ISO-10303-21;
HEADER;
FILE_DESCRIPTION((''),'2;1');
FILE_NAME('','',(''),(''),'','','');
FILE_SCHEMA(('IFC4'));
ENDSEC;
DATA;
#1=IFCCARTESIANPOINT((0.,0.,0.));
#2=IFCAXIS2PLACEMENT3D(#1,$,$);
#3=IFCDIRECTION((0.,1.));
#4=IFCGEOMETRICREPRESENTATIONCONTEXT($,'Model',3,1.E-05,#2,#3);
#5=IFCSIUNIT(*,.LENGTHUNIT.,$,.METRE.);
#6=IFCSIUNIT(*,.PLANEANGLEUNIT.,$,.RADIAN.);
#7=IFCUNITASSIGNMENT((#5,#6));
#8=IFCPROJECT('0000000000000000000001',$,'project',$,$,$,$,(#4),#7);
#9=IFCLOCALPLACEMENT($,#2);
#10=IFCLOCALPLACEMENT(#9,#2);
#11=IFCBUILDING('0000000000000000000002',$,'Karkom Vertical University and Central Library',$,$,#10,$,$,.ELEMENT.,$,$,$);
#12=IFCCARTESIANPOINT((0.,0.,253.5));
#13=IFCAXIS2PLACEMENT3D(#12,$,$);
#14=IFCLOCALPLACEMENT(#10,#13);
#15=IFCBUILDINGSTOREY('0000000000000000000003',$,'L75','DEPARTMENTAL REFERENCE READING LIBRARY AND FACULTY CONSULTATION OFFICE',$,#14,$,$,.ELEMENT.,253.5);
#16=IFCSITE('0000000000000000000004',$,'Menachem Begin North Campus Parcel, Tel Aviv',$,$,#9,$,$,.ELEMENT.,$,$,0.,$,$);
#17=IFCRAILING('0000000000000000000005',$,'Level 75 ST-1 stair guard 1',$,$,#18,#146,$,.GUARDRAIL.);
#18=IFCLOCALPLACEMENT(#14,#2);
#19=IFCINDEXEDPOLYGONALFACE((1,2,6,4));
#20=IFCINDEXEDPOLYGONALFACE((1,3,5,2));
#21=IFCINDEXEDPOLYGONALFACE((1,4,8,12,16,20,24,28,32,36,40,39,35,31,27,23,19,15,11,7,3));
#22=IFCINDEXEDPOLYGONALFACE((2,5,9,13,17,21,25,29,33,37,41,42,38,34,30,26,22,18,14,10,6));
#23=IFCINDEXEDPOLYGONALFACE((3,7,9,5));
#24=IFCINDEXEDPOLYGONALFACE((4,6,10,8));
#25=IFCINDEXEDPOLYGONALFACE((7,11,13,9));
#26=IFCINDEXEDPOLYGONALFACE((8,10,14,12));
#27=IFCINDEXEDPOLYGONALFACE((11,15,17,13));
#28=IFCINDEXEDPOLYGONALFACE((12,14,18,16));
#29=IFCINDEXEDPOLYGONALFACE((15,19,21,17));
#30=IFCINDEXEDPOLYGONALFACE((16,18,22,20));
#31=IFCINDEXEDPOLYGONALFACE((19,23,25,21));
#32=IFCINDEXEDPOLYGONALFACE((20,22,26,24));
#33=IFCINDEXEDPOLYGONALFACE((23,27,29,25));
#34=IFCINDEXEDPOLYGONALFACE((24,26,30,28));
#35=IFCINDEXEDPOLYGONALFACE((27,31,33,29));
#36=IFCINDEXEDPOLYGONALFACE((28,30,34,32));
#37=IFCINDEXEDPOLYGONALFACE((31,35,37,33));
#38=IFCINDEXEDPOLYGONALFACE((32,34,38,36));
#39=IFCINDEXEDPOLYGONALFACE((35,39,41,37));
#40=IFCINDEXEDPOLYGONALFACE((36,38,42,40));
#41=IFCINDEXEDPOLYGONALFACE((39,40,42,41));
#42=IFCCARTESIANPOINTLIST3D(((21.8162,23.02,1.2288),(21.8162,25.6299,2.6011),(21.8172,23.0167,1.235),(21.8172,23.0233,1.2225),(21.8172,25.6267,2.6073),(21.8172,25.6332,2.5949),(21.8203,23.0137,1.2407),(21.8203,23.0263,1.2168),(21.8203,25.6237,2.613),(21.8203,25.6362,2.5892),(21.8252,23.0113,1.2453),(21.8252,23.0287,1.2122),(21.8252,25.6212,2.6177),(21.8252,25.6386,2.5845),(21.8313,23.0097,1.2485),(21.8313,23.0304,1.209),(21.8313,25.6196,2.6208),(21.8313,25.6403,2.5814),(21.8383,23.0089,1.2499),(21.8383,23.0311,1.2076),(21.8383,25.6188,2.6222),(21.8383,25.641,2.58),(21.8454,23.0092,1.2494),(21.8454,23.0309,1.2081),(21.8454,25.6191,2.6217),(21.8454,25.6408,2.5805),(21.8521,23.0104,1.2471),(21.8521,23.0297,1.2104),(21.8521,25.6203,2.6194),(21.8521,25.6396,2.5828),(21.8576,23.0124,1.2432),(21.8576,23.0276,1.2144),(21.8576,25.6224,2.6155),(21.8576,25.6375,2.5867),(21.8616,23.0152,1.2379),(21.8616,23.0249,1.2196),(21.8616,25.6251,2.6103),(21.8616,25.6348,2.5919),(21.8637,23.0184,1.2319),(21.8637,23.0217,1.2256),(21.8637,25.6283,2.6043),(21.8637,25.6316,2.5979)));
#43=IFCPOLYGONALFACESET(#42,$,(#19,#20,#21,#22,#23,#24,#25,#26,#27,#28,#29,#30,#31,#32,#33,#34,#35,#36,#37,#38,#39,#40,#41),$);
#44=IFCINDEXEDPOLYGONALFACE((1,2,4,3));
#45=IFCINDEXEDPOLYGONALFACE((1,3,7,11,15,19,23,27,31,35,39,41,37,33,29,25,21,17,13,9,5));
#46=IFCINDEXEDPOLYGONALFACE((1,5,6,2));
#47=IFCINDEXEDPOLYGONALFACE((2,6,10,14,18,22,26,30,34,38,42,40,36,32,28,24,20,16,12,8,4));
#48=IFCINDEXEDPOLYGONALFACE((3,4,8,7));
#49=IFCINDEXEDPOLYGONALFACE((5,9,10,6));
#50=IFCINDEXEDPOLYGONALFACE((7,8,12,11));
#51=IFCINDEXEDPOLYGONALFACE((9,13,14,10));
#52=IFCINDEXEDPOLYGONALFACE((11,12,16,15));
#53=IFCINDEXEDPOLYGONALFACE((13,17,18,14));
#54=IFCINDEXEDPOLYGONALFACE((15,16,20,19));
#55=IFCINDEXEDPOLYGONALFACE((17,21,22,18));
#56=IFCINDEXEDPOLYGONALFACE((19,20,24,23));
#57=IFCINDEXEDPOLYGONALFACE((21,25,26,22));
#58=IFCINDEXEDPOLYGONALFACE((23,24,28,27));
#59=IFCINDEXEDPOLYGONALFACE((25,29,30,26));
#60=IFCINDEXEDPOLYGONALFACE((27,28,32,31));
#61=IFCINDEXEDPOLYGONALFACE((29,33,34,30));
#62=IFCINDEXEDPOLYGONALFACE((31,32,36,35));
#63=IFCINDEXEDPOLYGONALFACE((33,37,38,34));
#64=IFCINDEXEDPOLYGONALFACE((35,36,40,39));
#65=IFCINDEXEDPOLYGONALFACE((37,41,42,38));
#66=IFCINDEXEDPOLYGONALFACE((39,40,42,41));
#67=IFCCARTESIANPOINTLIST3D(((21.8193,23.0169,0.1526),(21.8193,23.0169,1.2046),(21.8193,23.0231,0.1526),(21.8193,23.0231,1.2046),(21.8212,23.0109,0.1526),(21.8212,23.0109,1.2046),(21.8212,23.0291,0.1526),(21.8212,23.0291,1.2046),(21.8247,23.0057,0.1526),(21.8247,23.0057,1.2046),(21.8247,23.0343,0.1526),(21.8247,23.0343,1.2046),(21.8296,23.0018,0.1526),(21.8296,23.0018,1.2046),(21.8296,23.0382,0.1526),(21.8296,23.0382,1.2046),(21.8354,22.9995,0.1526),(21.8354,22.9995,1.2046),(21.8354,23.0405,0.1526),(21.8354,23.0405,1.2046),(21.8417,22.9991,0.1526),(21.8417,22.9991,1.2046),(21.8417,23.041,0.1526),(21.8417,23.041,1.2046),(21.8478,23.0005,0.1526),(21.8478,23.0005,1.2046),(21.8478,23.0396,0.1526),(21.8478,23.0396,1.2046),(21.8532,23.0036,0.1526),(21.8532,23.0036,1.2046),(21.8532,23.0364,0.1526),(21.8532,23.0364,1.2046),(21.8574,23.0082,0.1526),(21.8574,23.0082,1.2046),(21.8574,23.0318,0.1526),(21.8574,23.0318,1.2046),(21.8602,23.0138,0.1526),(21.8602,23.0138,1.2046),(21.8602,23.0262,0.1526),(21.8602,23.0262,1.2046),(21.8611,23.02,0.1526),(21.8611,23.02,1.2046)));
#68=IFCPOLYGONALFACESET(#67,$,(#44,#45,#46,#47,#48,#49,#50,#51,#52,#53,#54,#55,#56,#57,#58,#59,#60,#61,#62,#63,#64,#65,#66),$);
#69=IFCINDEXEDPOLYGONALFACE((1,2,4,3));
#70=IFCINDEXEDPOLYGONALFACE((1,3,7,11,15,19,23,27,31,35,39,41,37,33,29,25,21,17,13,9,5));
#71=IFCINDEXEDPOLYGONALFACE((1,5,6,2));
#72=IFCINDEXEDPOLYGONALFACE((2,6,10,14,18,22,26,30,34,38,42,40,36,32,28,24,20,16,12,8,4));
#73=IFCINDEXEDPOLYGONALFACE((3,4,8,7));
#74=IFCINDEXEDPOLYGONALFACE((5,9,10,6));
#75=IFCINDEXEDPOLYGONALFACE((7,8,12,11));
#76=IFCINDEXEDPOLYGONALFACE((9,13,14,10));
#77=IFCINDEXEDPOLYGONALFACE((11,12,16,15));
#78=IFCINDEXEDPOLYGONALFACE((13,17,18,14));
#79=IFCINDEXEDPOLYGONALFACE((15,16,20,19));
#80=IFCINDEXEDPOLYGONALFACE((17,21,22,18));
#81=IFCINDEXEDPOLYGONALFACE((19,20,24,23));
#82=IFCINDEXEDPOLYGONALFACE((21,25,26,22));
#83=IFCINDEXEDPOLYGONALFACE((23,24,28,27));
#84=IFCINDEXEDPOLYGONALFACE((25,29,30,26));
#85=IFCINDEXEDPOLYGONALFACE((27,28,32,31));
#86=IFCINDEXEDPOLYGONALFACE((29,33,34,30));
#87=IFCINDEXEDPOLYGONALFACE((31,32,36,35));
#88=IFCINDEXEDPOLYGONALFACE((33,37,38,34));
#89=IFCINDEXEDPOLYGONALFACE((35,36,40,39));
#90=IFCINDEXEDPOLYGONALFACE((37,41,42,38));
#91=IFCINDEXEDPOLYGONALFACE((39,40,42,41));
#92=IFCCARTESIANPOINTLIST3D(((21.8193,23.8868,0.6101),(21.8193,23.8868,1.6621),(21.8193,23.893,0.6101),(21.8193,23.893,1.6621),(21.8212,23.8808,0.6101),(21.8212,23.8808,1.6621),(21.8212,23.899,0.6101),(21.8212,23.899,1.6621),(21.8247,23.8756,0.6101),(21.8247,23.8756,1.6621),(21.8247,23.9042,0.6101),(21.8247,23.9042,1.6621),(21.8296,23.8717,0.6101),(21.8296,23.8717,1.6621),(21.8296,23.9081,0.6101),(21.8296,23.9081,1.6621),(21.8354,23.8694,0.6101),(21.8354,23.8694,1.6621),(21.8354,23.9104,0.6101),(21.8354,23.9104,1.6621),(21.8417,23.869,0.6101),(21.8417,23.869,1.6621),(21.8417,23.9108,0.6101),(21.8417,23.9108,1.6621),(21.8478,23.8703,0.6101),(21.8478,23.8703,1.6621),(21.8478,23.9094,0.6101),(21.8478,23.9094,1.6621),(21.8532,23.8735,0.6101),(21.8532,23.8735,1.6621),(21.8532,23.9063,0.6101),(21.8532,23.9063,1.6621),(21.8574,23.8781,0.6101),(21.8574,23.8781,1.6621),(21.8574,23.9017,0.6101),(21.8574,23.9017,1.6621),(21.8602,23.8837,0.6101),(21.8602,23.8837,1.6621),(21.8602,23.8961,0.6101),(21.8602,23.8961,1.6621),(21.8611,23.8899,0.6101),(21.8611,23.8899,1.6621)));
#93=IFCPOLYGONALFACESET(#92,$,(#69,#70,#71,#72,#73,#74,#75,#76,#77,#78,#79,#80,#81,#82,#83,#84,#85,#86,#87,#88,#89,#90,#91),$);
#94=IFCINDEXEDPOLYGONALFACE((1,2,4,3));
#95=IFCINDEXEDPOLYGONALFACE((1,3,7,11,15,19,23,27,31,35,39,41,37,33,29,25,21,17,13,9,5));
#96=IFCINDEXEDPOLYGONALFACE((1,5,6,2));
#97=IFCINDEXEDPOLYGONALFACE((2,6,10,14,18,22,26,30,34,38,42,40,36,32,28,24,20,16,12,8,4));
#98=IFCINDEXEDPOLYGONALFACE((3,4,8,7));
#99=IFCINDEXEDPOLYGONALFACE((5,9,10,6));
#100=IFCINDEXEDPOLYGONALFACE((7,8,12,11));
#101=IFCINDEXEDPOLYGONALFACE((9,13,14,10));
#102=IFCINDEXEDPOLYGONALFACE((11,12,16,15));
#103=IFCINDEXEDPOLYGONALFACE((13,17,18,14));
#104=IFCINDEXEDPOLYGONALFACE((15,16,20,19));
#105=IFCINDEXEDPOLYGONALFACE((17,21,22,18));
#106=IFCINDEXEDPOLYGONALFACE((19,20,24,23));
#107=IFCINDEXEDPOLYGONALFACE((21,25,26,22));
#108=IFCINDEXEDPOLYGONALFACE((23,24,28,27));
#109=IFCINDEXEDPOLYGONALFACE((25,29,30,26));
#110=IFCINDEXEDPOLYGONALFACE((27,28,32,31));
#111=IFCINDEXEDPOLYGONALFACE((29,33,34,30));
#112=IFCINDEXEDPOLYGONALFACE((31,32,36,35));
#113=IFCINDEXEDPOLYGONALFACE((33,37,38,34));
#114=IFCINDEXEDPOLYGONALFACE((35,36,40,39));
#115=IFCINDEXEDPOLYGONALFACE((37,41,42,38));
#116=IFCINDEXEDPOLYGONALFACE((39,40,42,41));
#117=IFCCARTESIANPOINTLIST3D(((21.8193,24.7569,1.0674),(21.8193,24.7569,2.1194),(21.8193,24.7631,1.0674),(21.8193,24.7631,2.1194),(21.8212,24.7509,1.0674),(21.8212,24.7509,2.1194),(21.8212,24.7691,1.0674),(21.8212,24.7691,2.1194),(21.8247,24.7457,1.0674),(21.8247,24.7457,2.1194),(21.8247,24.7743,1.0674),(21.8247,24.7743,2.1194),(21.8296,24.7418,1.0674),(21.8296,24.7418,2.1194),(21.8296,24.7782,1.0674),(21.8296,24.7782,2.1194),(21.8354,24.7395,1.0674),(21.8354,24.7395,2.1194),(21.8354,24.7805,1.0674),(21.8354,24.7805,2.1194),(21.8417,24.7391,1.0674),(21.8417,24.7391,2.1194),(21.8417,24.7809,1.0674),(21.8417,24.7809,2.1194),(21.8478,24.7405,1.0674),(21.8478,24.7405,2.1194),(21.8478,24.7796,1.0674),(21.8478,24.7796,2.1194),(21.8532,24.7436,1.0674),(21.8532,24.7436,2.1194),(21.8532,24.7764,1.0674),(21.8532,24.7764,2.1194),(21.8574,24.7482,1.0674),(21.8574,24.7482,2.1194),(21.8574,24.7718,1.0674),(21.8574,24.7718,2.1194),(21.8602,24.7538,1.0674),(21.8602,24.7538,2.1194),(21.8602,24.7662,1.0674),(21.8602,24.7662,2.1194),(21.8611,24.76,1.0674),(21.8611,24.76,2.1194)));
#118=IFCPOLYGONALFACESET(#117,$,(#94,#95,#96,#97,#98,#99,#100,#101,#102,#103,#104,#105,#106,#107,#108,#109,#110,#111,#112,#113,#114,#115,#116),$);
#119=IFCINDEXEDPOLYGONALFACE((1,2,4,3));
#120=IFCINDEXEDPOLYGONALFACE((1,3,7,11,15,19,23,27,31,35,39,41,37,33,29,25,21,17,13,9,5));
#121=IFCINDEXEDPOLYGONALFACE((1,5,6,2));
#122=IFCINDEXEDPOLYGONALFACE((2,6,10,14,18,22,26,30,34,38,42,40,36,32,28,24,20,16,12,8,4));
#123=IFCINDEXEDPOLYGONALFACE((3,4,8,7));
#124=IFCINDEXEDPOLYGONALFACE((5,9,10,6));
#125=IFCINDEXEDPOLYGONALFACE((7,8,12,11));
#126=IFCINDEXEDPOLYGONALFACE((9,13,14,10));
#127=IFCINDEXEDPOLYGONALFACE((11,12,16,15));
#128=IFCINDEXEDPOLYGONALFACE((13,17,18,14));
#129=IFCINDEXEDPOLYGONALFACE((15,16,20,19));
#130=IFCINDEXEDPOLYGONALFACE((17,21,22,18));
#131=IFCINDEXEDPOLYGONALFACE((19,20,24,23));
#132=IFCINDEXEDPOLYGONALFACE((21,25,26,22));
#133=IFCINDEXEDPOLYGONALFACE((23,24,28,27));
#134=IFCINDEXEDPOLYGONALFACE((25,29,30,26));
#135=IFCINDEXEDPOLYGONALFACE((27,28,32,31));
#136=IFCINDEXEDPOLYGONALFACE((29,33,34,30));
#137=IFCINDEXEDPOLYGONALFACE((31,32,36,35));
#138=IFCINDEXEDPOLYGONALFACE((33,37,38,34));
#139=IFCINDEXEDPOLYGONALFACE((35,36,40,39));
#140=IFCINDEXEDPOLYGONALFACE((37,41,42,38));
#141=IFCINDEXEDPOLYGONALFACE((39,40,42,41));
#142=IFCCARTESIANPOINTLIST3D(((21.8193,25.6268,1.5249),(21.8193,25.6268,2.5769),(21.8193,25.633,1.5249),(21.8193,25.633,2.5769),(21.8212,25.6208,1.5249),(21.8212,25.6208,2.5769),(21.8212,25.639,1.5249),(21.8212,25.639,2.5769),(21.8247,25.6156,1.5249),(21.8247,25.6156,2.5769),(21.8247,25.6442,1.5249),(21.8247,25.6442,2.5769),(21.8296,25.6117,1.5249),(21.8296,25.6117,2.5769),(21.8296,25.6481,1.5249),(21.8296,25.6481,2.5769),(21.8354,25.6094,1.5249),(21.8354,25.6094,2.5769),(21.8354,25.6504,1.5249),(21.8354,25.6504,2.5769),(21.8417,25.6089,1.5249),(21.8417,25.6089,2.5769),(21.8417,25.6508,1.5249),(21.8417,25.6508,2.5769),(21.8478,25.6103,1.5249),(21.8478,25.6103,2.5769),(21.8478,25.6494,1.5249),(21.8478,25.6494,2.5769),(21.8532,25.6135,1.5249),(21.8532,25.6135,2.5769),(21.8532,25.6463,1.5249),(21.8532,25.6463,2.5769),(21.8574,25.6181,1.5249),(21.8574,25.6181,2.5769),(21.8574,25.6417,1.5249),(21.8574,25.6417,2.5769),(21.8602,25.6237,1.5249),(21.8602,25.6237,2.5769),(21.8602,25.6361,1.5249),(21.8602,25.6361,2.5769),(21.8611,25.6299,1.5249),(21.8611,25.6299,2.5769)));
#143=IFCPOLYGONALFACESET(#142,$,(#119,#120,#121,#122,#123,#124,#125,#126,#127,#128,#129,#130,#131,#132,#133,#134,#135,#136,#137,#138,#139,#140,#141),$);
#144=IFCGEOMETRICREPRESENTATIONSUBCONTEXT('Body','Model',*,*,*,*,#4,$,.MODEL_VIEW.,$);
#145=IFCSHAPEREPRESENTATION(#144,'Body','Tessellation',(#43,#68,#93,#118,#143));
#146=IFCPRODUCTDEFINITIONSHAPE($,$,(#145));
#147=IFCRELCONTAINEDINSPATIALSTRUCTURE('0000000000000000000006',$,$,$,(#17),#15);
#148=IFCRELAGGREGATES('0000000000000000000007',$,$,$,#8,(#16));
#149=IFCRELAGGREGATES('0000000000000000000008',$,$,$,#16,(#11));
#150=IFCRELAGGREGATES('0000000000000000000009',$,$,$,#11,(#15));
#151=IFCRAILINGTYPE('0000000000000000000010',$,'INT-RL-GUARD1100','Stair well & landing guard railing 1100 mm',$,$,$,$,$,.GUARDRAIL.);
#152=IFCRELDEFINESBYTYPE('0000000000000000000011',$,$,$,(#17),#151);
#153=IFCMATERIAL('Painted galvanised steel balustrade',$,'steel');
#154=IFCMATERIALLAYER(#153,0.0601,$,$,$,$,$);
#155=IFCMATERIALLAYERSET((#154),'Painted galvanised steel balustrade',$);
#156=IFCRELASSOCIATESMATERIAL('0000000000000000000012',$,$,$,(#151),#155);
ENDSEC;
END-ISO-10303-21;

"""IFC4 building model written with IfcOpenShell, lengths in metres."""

from ifc_helpers import new_model, si_unit, direction, frame, origin, origin_2d, place, context, subcontext, project, spatial, circle, extrude, material, layer, layer_set, type_object, element, save


model = new_model("IFC4")

# Units and contexts
model_context = context("Model", 3, precision=1e-05, world=origin(), true_north=direction((0.0, 1.0)))
body_context = subcontext(model_context, "Body", "Model", "MODEL_VIEW")
ifc_project = project(units=[si_unit("LENGTHUNIT", "METRE"), si_unit("PLANEANGLEUNIT", "RADIAN")], contexts=[model_context])

# Site, building, storey
site_placement = place(None, origin())
site = spatial("IfcSite", under=ifc_project, at=site_placement, Name="Menachem Begin North Campus Parcel, Tel Aviv", CompositionType="ELEMENT", RefElevation=0.0)
building_placement = place(site_placement, origin())
building = spatial("IfcBuilding", under=site, at=building_placement, Name="Karkom Vertical University and Central Library", CompositionType="ELEMENT")
storey_placement = place(building_placement, frame((0.0, 0.0, 253.5)))
storey = spatial("IfcBuildingStorey", under=building, at=storey_placement, Name="L75", Description="DEPARTMENTAL REFERENCE READING LIBRARY AND FACULTY CONSULTATION OFFICE", CompositionType="ELEMENT", Elevation=253.5)

# Railing
ifc_material_1 = material(Name="Painted galvanised steel balustrade", Category="steel")
ifc_layer_1 = layer(ifc_material_1, 0.0601)
ifc_layer_set_1 = layer_set([ifc_layer_1], Name="Painted galvanised steel balustrade")
railing_type = type_object("IfcRailingType", Name="INT-RL-GUARD1100", Description="Stair well & landing guard railing 1100 mm", PredefinedType="GUARDRAIL", material=ifc_layer_set_1)
railing_1_placement = place(storey_placement, frame((21.8401, 23.02, 0.1526)))
element("IfcRailing", 1, at=railing_1_placement, inside=storey, type_object=railing_type, Name="Level 75 ST-1 stair guard 1", PredefinedType="GUARDRAIL", context=body_context, shape_type="SweptSolid", body=[
    extrude(circle(Radius=0.0239, at=origin_2d()), frame((0.0, 0.0, 1.0762), z_axis=(0.0, 0.8851, 0.465402), x_axis=(-1.0, 0.0, 0.0)), (0.0, 0.0, 1.0), 2.9487),
    extrude(circle(Radius=0.021, at=origin_2d()), origin(), (0.0, 0.0, 1.0), 1.052),
    extrude(circle(Radius=0.021, at=origin_2d()), frame((0.0, 0.8699, 0.4575)), (0.0, 0.0, 1.0), 1.052),
    extrude(circle(Radius=0.021, at=origin_2d()), frame((0.0, 1.74, 0.9148)), (0.0, 0.0, 1.0), 1.052),
    extrude(circle(Radius=0.021, at=origin_2d()), frame((0.0, 2.6099, 1.3723)), (0.0, 0.0, 1.0), 1.052),
])

save(model, "model.ifc")
